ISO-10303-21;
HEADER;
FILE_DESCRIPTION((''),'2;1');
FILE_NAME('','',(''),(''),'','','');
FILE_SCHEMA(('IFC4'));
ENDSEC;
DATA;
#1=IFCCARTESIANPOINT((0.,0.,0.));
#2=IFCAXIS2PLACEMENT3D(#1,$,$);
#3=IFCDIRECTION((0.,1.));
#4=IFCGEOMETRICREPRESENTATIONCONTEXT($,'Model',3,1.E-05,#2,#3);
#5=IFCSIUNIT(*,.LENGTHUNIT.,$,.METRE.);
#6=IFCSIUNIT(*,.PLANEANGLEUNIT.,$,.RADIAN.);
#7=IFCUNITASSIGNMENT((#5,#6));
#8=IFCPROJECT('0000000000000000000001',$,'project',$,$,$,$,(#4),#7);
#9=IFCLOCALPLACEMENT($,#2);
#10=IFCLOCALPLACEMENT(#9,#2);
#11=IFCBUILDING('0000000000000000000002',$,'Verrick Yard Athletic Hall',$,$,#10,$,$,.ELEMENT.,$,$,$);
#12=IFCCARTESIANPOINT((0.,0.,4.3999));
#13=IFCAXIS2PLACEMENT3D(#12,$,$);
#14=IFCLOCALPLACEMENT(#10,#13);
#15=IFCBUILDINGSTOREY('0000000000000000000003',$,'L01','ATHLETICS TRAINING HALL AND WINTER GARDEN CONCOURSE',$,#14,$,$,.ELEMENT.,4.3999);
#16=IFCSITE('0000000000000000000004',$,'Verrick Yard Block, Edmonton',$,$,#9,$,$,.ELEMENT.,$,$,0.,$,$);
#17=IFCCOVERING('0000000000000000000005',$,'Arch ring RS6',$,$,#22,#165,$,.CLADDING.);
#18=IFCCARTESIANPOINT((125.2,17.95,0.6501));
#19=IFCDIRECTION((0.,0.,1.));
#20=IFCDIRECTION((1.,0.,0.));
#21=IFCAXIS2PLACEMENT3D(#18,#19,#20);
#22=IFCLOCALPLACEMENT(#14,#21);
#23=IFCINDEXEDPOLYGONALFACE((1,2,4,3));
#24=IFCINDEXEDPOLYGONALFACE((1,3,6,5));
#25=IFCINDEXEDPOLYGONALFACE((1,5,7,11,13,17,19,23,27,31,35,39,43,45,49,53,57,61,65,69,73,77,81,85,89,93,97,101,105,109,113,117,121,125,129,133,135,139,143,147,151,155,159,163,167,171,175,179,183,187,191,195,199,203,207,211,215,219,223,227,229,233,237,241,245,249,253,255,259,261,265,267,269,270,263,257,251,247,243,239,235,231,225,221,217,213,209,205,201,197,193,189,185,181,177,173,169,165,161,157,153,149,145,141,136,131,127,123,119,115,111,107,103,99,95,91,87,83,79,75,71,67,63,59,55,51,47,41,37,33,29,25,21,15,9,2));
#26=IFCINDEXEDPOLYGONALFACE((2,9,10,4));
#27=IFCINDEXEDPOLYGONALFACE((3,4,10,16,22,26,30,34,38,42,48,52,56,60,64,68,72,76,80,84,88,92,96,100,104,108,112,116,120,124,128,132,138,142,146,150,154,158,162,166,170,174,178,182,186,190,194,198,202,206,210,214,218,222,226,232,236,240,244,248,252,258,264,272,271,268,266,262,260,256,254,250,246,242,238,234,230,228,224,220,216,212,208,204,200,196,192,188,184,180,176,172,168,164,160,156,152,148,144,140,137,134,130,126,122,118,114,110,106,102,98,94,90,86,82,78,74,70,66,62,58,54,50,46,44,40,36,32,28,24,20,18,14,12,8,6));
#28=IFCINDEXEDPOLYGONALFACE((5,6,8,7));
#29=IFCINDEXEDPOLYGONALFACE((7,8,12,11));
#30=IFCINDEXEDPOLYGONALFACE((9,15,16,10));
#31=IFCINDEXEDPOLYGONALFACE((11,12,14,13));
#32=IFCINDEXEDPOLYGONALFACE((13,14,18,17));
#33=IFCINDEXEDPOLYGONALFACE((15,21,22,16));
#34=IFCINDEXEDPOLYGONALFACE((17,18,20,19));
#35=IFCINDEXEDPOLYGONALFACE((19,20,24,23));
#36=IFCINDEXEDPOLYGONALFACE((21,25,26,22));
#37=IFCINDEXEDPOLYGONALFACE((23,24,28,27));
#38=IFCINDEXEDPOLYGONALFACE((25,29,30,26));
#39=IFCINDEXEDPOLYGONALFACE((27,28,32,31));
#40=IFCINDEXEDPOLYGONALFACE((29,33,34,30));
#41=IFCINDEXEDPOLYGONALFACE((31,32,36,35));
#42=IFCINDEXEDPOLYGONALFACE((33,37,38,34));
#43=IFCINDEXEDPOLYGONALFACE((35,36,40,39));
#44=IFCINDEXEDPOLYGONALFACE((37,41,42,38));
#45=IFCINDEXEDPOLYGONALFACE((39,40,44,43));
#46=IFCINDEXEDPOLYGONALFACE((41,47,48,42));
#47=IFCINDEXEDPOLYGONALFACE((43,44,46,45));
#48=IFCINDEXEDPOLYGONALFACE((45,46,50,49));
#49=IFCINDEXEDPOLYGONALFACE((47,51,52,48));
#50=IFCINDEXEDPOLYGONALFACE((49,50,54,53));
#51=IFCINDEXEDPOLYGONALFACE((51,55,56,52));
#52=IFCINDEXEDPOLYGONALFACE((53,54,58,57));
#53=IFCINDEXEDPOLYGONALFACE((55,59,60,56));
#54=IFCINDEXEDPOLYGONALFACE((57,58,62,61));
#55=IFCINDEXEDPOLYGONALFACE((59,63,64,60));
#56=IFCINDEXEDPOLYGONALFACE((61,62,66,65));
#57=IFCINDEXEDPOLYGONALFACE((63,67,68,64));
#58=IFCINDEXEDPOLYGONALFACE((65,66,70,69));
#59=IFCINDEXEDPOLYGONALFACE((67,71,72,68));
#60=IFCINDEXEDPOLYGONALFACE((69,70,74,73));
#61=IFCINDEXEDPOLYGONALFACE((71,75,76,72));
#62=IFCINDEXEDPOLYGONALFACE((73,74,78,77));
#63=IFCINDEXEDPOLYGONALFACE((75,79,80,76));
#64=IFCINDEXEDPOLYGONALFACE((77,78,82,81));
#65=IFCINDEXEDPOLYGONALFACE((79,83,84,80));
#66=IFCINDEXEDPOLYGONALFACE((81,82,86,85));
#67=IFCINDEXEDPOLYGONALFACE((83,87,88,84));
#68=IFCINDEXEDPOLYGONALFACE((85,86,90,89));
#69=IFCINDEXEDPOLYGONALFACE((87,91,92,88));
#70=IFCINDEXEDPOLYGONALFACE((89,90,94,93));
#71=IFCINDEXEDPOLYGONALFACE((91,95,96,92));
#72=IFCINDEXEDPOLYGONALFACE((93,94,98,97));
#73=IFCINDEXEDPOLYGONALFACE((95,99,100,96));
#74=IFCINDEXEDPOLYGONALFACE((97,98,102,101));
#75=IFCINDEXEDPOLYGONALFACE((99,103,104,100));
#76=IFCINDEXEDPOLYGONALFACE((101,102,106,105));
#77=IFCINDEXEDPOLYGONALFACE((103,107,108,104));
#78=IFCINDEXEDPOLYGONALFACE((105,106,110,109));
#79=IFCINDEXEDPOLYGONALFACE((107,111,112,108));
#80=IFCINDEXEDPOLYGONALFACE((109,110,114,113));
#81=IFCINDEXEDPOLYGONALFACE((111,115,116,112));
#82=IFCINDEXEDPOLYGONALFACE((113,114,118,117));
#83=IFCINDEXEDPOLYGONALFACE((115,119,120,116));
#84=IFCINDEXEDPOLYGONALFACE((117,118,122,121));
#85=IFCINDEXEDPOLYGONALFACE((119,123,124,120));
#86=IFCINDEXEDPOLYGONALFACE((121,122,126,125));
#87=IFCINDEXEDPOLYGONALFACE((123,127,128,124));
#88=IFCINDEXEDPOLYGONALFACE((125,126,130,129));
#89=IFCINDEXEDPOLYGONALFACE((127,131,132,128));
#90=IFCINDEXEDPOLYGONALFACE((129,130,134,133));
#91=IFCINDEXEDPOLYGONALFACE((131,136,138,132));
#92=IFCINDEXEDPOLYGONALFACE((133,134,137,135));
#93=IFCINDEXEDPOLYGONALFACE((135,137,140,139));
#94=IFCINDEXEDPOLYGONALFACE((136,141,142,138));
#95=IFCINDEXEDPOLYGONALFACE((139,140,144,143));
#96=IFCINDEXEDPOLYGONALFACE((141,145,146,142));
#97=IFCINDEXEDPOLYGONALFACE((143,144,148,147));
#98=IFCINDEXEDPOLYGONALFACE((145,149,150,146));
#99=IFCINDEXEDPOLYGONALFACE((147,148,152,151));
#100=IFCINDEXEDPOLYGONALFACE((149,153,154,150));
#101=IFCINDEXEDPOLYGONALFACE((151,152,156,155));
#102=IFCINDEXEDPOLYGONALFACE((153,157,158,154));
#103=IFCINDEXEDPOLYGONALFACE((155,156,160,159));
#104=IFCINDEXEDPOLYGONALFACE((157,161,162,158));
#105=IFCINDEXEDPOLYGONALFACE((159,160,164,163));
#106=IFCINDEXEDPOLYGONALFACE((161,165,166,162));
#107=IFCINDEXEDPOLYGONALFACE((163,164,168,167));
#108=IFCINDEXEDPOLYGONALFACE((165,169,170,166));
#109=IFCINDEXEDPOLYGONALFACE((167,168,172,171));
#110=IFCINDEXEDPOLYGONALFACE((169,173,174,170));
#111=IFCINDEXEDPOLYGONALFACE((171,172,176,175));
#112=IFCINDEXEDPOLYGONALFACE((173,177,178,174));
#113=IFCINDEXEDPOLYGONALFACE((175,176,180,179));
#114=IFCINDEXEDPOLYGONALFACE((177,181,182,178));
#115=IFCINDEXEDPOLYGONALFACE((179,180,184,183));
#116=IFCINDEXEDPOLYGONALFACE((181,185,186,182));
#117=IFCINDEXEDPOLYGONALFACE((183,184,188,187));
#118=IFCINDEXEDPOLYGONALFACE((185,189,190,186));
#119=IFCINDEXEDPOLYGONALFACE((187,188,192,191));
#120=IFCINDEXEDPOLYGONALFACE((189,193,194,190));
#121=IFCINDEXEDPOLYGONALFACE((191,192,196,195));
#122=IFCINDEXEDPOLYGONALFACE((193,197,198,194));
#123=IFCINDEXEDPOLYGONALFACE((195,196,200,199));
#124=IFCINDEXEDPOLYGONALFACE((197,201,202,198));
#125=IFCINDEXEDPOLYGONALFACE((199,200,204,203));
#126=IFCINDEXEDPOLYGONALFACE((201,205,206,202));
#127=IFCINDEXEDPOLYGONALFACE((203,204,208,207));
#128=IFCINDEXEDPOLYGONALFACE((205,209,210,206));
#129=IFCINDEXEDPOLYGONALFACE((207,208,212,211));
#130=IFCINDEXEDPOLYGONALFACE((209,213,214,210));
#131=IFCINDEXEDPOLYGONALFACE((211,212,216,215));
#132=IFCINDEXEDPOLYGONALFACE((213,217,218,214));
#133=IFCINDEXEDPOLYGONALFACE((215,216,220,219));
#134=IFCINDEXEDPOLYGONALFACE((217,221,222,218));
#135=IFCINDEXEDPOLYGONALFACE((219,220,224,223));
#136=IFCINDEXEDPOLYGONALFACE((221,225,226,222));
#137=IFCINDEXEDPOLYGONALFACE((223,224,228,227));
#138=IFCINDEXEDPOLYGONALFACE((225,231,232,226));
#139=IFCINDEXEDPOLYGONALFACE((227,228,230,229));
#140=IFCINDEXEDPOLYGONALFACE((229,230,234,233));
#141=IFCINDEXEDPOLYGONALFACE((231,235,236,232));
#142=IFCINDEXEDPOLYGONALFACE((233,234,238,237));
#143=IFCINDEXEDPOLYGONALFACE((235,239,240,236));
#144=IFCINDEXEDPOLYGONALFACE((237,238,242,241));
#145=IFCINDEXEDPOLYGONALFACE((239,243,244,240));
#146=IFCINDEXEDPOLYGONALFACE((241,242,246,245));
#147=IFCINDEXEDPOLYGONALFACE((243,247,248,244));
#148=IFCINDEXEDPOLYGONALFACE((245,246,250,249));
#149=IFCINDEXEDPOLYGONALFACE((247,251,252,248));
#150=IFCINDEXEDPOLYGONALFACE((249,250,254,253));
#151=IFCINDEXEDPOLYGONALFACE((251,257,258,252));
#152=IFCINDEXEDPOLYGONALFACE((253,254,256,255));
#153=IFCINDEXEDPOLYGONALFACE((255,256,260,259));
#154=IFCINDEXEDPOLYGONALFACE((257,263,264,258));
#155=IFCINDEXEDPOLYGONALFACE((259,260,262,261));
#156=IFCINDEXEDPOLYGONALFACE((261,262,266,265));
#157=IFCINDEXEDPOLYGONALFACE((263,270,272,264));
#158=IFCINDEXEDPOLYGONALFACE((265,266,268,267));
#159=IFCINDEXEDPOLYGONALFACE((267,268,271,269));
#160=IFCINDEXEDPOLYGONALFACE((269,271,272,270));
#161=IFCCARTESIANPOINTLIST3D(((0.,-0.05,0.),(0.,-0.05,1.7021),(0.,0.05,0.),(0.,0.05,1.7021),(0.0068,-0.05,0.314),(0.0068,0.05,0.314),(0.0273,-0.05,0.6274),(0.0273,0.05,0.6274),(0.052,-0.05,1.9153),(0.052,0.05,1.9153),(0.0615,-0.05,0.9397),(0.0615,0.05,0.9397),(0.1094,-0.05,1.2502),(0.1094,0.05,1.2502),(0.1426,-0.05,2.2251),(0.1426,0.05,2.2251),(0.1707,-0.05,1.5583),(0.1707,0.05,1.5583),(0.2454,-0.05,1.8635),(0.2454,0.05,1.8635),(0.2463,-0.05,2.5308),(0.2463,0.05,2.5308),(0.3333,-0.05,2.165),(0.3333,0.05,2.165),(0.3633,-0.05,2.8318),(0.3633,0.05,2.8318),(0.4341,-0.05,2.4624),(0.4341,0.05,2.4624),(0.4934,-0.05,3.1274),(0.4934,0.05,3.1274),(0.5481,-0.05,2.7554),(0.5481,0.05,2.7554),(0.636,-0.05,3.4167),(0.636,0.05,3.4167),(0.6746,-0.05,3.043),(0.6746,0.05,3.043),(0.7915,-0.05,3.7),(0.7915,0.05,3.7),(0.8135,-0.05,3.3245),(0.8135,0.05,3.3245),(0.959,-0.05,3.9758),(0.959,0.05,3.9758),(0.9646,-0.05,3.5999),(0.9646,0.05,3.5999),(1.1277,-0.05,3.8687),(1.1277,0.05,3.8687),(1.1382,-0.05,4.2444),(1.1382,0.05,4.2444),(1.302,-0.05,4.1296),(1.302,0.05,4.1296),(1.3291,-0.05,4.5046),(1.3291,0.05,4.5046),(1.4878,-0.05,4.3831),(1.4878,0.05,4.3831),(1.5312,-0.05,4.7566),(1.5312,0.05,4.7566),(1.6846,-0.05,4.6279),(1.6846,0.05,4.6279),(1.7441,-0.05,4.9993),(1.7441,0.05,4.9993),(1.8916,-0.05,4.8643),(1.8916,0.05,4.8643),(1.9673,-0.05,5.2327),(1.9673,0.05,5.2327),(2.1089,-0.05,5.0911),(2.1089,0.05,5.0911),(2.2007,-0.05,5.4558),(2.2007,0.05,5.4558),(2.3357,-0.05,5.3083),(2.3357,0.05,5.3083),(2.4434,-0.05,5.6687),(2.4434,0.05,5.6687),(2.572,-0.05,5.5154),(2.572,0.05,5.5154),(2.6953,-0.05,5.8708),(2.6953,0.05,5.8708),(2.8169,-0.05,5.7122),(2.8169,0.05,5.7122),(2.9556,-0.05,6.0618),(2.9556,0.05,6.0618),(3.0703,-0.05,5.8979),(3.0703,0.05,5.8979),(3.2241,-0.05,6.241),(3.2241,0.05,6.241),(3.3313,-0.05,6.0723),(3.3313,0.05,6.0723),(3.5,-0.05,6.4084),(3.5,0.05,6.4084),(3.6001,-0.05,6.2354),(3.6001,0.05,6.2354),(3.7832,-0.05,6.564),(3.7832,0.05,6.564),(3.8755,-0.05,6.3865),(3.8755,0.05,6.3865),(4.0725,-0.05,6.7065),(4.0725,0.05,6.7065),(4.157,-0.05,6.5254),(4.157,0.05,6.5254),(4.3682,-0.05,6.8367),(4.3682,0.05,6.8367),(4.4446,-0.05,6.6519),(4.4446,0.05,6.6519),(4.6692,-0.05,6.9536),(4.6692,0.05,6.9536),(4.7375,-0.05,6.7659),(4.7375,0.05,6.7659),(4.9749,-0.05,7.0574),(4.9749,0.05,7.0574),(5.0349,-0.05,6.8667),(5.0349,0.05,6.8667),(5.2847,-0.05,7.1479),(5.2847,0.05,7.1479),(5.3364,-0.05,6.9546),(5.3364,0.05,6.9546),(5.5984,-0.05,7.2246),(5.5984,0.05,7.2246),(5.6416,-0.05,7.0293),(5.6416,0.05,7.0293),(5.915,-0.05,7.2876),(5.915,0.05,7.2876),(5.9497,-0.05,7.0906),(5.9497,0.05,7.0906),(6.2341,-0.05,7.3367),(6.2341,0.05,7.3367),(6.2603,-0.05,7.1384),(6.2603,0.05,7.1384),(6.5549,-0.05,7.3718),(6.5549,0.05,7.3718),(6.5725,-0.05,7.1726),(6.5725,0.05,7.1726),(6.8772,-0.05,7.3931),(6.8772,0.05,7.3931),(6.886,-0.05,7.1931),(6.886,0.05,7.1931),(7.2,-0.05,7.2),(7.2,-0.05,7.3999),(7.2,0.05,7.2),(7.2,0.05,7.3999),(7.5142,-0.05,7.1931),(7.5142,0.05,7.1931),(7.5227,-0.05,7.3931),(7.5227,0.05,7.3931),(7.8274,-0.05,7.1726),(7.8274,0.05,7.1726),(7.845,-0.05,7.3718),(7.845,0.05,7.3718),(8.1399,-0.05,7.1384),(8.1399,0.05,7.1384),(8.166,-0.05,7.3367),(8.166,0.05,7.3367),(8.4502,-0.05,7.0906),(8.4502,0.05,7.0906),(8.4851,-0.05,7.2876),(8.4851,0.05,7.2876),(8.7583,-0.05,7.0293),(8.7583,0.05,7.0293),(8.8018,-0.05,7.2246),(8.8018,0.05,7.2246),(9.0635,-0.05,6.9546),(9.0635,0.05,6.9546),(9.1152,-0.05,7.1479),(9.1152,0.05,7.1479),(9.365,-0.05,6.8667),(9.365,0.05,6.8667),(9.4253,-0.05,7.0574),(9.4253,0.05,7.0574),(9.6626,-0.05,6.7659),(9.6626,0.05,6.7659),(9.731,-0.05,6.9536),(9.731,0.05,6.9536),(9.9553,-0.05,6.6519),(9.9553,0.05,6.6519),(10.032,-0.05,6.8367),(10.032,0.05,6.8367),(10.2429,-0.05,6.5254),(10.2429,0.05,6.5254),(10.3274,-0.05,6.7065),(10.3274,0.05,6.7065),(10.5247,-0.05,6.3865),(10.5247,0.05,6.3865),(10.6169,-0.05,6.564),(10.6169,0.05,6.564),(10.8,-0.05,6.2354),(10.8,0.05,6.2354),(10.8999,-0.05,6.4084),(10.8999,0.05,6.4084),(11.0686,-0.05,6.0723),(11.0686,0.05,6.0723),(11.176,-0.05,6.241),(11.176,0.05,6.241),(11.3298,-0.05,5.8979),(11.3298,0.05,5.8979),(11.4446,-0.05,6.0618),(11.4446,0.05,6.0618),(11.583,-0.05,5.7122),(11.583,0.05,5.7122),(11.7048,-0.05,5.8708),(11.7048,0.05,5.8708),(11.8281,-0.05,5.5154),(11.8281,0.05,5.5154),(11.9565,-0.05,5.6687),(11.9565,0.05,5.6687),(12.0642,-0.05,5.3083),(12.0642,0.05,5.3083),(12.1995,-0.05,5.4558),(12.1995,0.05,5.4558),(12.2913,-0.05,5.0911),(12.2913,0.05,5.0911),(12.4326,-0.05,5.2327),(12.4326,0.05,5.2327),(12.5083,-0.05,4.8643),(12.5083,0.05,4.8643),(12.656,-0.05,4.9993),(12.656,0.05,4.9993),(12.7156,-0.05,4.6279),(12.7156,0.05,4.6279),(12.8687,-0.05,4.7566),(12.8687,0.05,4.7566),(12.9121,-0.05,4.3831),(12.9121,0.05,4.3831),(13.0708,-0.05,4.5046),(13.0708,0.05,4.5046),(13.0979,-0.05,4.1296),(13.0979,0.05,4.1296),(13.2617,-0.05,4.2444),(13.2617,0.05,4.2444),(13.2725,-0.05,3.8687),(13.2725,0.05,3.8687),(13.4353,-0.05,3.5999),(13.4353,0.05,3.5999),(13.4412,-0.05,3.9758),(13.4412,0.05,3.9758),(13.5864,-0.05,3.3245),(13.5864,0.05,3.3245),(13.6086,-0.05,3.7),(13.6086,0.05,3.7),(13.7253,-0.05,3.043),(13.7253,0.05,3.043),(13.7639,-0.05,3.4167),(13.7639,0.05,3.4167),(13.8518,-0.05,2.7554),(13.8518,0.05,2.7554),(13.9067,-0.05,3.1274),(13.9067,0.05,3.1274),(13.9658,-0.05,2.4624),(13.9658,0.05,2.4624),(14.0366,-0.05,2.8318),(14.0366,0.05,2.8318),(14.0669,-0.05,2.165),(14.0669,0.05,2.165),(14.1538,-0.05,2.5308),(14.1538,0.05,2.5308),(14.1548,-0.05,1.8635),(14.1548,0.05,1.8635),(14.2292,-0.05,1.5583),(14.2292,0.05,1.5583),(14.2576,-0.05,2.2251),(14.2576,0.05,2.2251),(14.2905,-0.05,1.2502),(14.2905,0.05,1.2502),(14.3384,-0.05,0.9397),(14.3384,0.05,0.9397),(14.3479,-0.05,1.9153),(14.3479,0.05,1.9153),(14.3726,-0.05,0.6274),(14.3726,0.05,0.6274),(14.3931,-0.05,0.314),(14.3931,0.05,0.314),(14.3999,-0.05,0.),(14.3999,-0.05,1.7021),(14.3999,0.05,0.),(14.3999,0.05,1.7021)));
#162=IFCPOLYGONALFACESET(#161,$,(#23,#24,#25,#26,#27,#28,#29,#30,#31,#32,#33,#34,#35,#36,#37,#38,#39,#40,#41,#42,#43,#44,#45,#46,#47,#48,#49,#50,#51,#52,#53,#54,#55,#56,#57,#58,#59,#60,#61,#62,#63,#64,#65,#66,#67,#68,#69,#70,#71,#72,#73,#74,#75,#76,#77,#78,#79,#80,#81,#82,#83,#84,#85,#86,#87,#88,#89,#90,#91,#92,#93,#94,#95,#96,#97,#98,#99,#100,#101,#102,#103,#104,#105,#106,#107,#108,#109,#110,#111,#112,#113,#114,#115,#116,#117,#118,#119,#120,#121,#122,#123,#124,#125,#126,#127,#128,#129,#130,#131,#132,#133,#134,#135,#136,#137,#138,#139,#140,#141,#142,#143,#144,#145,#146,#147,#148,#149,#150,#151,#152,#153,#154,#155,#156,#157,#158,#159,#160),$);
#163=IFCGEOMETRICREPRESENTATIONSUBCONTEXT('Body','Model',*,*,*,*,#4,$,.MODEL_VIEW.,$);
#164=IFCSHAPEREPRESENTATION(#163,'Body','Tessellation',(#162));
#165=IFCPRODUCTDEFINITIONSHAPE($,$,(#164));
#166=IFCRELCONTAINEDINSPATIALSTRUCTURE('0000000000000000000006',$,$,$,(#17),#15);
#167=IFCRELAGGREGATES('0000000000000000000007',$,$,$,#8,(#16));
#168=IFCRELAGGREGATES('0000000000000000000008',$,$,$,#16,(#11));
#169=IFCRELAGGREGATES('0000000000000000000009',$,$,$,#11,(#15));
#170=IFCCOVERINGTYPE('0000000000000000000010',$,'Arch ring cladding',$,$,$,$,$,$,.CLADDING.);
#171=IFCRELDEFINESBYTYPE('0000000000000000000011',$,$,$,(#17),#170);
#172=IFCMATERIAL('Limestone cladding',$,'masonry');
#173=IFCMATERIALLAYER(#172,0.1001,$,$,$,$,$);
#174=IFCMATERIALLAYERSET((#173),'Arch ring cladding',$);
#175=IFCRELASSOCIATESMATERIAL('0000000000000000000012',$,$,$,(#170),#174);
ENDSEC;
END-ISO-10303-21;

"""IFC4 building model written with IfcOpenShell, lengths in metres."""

from ifc_helpers import new_model, si_unit, direction, frame, origin, place, context, subcontext, project, spatial, polyline, outline, extrude, material, layer, layer_set, type_object, element, save


model = new_model("IFC4")

# Units and contexts
model_context = context("Model", 3, precision=1e-05, world=origin(), true_north=direction((0.0, 1.0)))
body_context = subcontext(model_context, "Body", "Model", "MODEL_VIEW")
ifc_project = project(units=[si_unit("LENGTHUNIT", "METRE"), si_unit("PLANEANGLEUNIT", "RADIAN")], contexts=[model_context])

# Site, building, storey
site_placement = place(None, origin())
site = spatial("IfcSite", under=ifc_project, at=site_placement, Name="Verrick Yard Block, Edmonton", CompositionType="ELEMENT", RefElevation=0.0)
building_placement = place(site_placement, origin())
building = spatial("IfcBuilding", under=site, at=building_placement, Name="Verrick Yard Athletic Hall", CompositionType="ELEMENT")
storey_placement = place(building_placement, frame((0.0, 0.0, 4.3999)))
storey = spatial("IfcBuildingStorey", under=building, at=storey_placement, Name="L01", Description="ATHLETICS TRAINING HALL AND WINTER GARDEN CONCOURSE", CompositionType="ELEMENT", Elevation=4.3999)

# Covering
ifc_material_1 = material(Name="Limestone cladding", Category="masonry")
ifc_layer_1 = layer(ifc_material_1, 0.1001)
ifc_layer_set_1 = layer_set([ifc_layer_1], Name="Arch ring cladding")
covering_type_1 = type_object("IfcCoveringType", Name="Arch ring cladding", PredefinedType="CLADDING", material=ifc_layer_set_1)
covering_1_placement = place(storey_placement, frame((125.2, 17.95, 0.6501), z_axis=(0.0, 0.0, 1.0), x_axis=(1.0, 0.0, 0.0)))
element("IfcCovering", 1, at=covering_1_placement, inside=storey, type_object=covering_type_1, Name="Arch ring RS6", PredefinedType="CLADDING", context=body_context, shape_type="SweptSolid", body=[
    extrude(outline(polyline([(0.0, 1.7021), (0.0, 0.0), (0.0068, 0.314), (0.0273, 0.6274), (0.0615, 0.9397), (0.1094, 1.2502), (0.1707, 1.5583), (0.2454, 1.8635), (0.3333, 2.165), (0.4341, 2.4624), (0.5481, 2.7554), (0.6746, 3.043), (0.8135, 3.3245), (0.9646, 3.5999), (1.1277, 3.8687), (1.302, 4.1296), (1.4878, 4.3831), (1.6846, 4.6279), (1.8916, 4.8643), (2.1089, 5.0911), (2.3357, 5.3083), (2.572, 5.5154), (2.8169, 5.7122), (3.0703, 5.8979), (3.3313, 6.0723), (3.6001, 6.2354), (3.8755, 6.3865), (4.157, 6.5254), (4.4446, 6.6519), (4.7375, 6.7659), (5.0349, 6.8667), (5.3364, 6.9546), (5.6416, 7.0293), (5.9497, 7.0906), (6.2603, 7.1384), (6.5725, 7.1726), (6.886, 7.1931), (7.2, 7.2), (7.5142, 7.1931), (7.8274, 7.1726), (8.1399, 7.1384), (8.4502, 7.0906), (8.7583, 7.0293), (9.0635, 6.9546), (9.365, 6.8667), (9.6626, 6.7659), (9.9553, 6.6519), (10.2429, 6.5254), (10.5247, 6.3865), (10.8, 6.2354), (11.0686, 6.0723), (11.3298, 5.8979), (11.583, 5.7122), (11.8281, 5.5154), (12.0642, 5.3083), (12.2913, 5.0911), (12.5083, 4.8643), (12.7156, 4.6279), (12.9121, 4.3831), (13.0979, 4.1296), (13.2725, 3.8687), (13.4353, 3.5999), (13.5864, 3.3245), (13.7253, 3.043), (13.8518, 2.7554), (13.9658, 2.4624), (14.0669, 2.165), (14.1548, 1.8635), (14.2292, 1.5583), (14.2905, 1.2502), (14.3384, 0.9397), (14.3726, 0.6274), (14.3931, 0.314), (14.3999, 0.0), (14.3999, 1.7021), (14.3479, 1.9153), (14.2576, 2.2251), (14.1538, 2.5308), (14.0366, 2.8318), (13.9067, 3.1274), (13.7639, 3.4167), (13.6086, 3.7), (13.4412, 3.9758), (13.2617, 4.2444), (13.0708, 4.5046), (12.8687, 4.7566), (12.656, 4.9993), (12.4326, 5.2327), (12.1995, 5.4558), (11.9565, 5.6687), (11.7048, 5.8708), (11.4446, 6.0618), (11.176, 6.241), (10.8999, 6.4084), (10.6169, 6.564), (10.3274, 6.7065), (10.032, 6.8367), (9.731, 6.9536), (9.4253, 7.0574), (9.1152, 7.1479), (8.8018, 7.2246), (8.4851, 7.2876), (8.166, 7.3367), (7.845, 7.3718), (7.5227, 7.3931), (7.2, 7.3999), (6.8772, 7.3931), (6.5549, 7.3718), (6.2341, 7.3367), (5.915, 7.2876), (5.5984, 7.2246), (5.2847, 7.1479), (4.9749, 7.0574), (4.6692, 6.9536), (4.3682, 6.8367), (4.0725, 6.7065), (3.7832, 6.564), (3.5, 6.4084), (3.2241, 6.241), (2.9556, 6.0618), (2.6953, 5.8708), (2.4434, 5.6687), (2.2007, 5.4558), (1.9673, 5.2327), (1.7441, 4.9993), (1.5312, 4.7566), (1.3291, 4.5046), (1.1382, 4.2444), (0.959, 3.9758), (0.7915, 3.7), (0.636, 3.4167), (0.4934, 3.1274), (0.3633, 2.8318), (0.2463, 2.5308), (0.1426, 2.2251), (0.052, 1.9153), (0.0, 1.7021)])), frame((0.0, 0.05, 0.0), z_axis=(0.0, -1.0, 0.0), x_axis=(1.0, 0.0, 0.0)), (0.0, 0.0, 1.0), 0.1001),
])

save(model, "model.ifc")
